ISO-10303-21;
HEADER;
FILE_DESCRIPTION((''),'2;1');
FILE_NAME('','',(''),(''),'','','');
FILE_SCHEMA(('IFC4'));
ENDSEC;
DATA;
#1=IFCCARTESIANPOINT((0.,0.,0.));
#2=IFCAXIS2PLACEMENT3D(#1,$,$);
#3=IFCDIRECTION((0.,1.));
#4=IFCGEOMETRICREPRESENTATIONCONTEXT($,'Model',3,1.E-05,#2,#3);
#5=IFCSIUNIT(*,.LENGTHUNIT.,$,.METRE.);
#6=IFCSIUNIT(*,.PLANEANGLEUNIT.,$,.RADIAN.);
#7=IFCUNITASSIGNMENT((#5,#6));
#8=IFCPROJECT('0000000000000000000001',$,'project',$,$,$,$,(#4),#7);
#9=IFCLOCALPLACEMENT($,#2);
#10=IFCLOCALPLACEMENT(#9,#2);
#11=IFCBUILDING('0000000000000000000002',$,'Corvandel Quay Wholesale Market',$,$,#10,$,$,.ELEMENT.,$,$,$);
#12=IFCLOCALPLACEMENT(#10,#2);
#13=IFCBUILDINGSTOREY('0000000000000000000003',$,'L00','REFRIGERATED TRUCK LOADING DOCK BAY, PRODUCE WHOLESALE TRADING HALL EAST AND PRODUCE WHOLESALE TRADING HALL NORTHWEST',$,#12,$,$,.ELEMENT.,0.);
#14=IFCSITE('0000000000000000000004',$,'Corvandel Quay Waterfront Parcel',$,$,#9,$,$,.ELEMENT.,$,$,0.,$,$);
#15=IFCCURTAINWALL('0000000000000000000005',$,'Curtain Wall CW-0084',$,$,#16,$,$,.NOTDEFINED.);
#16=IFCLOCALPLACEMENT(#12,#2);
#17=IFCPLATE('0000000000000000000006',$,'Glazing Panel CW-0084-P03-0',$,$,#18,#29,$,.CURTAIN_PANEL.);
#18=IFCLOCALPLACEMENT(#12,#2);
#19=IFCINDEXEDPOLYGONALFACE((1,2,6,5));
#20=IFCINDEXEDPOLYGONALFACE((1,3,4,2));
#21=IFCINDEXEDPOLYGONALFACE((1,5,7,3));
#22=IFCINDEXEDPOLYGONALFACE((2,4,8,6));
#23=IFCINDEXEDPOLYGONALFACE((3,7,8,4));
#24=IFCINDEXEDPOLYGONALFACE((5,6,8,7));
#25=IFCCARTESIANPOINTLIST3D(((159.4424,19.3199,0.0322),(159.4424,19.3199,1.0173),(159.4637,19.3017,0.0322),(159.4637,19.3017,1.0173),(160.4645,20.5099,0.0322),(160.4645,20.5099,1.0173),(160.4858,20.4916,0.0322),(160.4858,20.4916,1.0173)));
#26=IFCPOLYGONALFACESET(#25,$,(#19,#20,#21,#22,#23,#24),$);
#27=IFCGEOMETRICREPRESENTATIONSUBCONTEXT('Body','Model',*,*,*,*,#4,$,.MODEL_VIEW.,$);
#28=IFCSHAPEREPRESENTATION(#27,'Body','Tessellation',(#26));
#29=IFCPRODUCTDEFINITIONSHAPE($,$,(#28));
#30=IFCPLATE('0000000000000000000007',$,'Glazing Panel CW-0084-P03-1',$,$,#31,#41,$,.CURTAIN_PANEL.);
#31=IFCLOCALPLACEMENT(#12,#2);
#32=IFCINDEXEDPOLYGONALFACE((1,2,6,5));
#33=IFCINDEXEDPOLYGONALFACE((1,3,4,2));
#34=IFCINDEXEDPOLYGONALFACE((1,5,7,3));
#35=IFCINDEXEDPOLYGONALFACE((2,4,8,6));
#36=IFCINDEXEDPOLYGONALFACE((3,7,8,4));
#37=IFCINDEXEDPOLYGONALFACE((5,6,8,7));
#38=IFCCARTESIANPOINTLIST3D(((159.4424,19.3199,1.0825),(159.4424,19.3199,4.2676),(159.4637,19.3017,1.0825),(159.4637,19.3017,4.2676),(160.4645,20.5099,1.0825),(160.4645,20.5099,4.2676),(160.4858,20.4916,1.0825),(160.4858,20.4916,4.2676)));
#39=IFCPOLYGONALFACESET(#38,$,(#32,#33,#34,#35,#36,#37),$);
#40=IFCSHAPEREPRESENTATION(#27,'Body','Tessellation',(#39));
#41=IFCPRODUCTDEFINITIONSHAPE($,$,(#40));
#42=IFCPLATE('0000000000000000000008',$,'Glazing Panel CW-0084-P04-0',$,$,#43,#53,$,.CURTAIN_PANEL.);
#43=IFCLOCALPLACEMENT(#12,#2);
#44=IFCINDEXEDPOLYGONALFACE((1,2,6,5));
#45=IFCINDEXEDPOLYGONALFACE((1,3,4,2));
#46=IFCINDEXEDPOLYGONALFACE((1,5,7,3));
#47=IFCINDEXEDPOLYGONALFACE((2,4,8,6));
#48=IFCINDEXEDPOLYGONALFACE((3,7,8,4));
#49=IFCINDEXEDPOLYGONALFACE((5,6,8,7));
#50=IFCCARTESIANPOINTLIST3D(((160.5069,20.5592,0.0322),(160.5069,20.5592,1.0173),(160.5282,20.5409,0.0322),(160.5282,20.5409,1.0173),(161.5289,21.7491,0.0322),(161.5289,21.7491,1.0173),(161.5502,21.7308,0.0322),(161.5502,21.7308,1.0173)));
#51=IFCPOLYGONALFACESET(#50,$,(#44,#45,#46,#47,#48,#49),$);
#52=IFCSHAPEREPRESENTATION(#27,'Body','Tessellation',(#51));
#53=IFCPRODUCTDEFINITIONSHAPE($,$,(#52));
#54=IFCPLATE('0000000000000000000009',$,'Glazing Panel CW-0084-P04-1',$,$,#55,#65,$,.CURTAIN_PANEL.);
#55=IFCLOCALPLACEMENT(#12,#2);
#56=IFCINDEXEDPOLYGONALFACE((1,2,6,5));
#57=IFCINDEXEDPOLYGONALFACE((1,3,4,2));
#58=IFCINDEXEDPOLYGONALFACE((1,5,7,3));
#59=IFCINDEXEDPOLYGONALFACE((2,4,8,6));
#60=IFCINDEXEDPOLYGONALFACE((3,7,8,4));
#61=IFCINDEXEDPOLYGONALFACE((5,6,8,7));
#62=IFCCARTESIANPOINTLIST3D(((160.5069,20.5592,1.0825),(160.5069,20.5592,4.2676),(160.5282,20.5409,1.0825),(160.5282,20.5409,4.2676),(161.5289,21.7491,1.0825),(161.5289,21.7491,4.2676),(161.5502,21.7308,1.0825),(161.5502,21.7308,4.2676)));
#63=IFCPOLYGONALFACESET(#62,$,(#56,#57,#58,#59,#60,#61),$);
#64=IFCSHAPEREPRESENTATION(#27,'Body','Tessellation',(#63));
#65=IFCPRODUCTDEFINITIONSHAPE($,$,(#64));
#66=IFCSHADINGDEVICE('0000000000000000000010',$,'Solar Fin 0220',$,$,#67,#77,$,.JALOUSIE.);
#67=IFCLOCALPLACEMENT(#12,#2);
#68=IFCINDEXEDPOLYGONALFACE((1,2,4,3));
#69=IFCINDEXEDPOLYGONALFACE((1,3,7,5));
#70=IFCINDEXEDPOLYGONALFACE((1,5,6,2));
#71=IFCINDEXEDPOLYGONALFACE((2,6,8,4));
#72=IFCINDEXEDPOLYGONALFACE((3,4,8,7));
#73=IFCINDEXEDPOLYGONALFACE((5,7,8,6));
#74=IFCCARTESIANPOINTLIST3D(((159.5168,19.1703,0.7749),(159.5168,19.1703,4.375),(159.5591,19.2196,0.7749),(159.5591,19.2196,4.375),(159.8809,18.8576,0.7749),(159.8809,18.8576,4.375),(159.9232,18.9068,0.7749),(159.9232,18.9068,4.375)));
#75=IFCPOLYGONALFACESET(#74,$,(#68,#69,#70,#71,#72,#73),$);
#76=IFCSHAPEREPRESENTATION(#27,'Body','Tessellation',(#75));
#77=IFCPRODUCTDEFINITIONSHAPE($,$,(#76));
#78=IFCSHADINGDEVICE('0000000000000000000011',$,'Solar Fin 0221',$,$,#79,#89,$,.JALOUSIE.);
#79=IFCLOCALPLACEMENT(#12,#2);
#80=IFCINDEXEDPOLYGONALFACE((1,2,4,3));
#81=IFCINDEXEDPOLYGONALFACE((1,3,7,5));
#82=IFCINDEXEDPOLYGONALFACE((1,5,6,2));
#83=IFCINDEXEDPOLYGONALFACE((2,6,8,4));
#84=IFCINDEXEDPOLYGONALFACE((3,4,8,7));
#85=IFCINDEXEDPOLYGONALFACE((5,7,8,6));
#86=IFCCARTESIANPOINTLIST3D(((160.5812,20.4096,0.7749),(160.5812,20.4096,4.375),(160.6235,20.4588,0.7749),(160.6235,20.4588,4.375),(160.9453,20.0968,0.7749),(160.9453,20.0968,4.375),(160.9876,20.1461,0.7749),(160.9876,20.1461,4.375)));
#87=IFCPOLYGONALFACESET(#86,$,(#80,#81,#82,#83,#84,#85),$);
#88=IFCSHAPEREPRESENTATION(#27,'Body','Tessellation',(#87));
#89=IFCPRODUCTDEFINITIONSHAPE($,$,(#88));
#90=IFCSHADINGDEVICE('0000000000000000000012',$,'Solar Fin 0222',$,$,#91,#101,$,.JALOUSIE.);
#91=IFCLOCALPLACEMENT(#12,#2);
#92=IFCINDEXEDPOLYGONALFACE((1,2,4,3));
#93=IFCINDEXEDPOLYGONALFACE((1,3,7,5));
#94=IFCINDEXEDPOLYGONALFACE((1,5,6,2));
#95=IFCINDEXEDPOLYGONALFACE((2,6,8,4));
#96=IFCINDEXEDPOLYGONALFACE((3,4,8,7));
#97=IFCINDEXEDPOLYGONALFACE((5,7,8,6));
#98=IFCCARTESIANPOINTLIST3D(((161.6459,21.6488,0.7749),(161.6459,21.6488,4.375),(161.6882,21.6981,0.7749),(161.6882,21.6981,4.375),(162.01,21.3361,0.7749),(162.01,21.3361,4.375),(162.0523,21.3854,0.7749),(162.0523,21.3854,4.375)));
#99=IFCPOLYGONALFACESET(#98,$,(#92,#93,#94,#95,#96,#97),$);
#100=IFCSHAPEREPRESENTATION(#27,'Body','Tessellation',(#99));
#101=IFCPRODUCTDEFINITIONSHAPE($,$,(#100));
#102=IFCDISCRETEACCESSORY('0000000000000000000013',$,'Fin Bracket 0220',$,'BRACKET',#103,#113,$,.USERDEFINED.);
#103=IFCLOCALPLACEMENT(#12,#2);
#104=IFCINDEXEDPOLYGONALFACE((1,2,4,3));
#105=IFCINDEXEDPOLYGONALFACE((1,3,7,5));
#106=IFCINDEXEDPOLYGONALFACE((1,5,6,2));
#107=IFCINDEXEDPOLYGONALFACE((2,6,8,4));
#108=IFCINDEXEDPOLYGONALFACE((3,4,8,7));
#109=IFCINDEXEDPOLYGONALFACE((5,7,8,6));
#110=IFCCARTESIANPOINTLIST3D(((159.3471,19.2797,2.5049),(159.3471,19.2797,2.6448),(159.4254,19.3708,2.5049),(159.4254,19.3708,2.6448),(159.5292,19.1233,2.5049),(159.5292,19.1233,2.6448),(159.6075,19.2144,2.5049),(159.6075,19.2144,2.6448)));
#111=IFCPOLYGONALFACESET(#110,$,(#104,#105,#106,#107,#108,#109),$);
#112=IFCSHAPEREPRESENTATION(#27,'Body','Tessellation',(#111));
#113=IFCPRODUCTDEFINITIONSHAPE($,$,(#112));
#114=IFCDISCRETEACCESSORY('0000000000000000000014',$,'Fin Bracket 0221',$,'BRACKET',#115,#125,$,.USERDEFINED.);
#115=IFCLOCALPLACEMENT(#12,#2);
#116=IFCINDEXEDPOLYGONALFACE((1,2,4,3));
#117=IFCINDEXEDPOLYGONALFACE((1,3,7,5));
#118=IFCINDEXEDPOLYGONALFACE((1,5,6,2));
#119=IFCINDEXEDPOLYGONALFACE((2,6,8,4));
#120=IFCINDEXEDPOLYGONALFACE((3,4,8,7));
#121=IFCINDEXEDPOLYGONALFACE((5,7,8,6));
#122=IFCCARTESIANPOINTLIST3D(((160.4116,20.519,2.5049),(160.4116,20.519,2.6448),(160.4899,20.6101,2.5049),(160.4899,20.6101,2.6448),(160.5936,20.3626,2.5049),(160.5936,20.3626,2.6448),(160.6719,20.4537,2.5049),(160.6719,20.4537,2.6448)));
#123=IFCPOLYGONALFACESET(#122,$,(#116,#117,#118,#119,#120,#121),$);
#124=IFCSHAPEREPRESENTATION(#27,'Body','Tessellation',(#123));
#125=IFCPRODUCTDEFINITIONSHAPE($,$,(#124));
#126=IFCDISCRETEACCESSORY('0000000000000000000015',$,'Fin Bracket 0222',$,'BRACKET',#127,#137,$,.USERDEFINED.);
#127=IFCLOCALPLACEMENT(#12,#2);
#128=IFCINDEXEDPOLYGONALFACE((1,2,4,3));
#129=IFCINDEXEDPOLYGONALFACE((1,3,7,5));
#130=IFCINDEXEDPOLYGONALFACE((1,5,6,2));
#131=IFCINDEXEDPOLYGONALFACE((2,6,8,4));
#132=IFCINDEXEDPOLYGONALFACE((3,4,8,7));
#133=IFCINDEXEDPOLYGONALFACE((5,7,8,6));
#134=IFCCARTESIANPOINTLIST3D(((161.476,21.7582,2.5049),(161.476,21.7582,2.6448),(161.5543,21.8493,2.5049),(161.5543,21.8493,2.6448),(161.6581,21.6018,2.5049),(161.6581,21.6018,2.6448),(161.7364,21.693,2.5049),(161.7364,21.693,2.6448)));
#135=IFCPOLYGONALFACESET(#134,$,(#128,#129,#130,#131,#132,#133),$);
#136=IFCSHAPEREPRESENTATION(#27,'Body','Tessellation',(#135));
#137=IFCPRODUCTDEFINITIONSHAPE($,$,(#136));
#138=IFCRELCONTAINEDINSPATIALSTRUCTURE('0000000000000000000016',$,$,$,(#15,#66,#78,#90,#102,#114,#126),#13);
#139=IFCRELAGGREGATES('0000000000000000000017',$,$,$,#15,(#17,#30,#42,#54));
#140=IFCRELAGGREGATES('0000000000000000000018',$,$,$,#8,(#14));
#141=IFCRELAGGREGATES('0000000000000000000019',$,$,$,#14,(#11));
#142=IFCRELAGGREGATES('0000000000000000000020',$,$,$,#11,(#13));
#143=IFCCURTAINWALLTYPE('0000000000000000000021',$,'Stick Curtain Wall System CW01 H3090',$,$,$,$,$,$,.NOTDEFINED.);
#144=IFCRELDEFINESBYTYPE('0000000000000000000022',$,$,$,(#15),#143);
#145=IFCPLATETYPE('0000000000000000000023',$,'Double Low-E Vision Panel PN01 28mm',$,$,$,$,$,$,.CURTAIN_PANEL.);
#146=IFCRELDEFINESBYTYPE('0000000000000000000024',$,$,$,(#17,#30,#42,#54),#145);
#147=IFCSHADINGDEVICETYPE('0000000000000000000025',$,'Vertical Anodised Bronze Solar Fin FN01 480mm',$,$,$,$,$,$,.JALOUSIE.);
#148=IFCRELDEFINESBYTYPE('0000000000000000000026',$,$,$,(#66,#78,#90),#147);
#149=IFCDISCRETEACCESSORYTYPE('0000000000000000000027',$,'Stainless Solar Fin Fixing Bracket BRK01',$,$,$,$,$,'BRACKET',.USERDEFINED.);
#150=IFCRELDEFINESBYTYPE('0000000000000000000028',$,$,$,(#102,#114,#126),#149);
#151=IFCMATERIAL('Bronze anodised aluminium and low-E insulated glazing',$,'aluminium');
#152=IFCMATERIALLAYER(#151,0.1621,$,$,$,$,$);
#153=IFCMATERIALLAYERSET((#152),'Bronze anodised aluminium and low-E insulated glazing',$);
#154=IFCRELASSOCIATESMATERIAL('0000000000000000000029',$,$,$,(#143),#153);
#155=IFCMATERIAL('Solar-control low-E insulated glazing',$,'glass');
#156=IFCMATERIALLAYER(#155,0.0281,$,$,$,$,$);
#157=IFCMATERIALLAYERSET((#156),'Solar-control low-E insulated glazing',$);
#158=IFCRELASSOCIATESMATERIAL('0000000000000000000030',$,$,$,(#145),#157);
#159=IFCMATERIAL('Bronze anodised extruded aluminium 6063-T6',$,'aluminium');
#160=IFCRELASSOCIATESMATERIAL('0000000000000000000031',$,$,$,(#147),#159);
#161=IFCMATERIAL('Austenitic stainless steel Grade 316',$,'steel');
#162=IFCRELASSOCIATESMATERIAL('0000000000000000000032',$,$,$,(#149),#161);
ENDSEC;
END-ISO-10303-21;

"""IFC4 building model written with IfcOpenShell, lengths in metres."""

from ifc_helpers import new_model, si_unit, direction, frame, origin, origin_2d, place, context, subcontext, project, spatial, rectangle, extrude, material, layer, layer_set, type_object, element, aggregate, save


model = new_model("IFC4")

# Units and contexts
model_context = context("Model", 3, precision=1e-05, world=origin(), true_north=direction((0.0, 1.0)))
body_context = subcontext(model_context, "Body", "Model", "MODEL_VIEW")
ifc_project = project(units=[si_unit("LENGTHUNIT", "METRE"), si_unit("PLANEANGLEUNIT", "RADIAN")], contexts=[model_context])

# Site, building, storey
site_placement = place(None, origin())
site = spatial("IfcSite", under=ifc_project, at=site_placement, Name="Corvandel Quay Waterfront Parcel", CompositionType="ELEMENT", RefElevation=0.0)
building_placement = place(site_placement, origin())
building = spatial("IfcBuilding", under=site, at=building_placement, Name="Corvandel Quay Wholesale Market", CompositionType="ELEMENT")
storey_placement = place(building_placement, origin())
storey = spatial("IfcBuildingStorey", under=building, at=storey_placement, Name="L00", Description="REFRIGERATED TRUCK LOADING DOCK BAY, PRODUCE WHOLESALE TRADING HALL EAST AND PRODUCE WHOLESALE TRADING HALL NORTHWEST", CompositionType="ELEMENT", Elevation=0.0)

# Curtain wall, plates
ifc_material_1 = material(Name="Bronze anodised aluminium and low-E insulated glazing", Category="aluminium")
ifc_layer_1 = layer(ifc_material_1, 0.1621)
ifc_layer_set_1 = layer_set([ifc_layer_1], Name="Bronze anodised aluminium and low-E insulated glazing")
curtain_wall_type = type_object("IfcCurtainWallType", Name="Stick Curtain Wall System CW01 H3090", PredefinedType="NOTDEFINED", material=ifc_layer_set_1)
curtain_wall_placement = place(storey_placement, origin())
curtain_wall = element("IfcCurtainWall", 1, at=curtain_wall_placement, inside=storey, type_object=curtain_wall_type, Name="Curtain Wall CW-0084", PredefinedType="NOTDEFINED")
ifc_material_2 = material(Name="Solar-control low-E insulated glazing", Category="glass")
ifc_layer_2 = layer(ifc_material_2, 0.0281)
ifc_layer_set_2 = layer_set([ifc_layer_2], Name="Solar-control low-E insulated glazing")
plate_type_1 = type_object("IfcPlateType", Name="Double Low-E Vision Panel PN01 28mm", PredefinedType="CURTAIN_PANEL", material=ifc_layer_set_2)
plate_1_placement = place(storey_placement, frame((159.9641, 19.9058, 0.0322), z_axis=(0.0, 0.0, 1.0), x_axis=(0.651569, 0.758589, 0.0)))
plate_1 = element("IfcPlate", 2, at=plate_1_placement, type_object=plate_type_1, Name="Glazing Panel CW-0084-P03-0", PredefinedType="CURTAIN_PANEL", context=body_context, shape_type="SweptSolid", body=[
    extrude(rectangle(XDim=1.5686, YDim=0.0281, at=origin_2d()), origin(), (0.0, 0.0, 1.0), 0.9851),
])
plate_2_placement = place(storey_placement, frame((159.9641, 19.9058, 1.0825), z_axis=(0.0, 0.0, 1.0), x_axis=(0.651569, 0.758589, 0.0)))
plate_2 = element("IfcPlate", 3, at=plate_2_placement, type_object=plate_type_1, Name="Glazing Panel CW-0084-P03-1", PredefinedType="CURTAIN_PANEL", context=body_context, shape_type="SweptSolid", body=[
    extrude(rectangle(XDim=1.5686, YDim=0.0281, at=origin_2d()), origin(), (0.0, 0.0, 1.0), 3.1851),
])
plate_3_placement = place(storey_placement, frame((161.0286, 21.145, 0.0322), z_axis=(0.0, 0.0, 1.0), x_axis=(0.651569, 0.758589, 0.0)))
plate_3 = element("IfcPlate", 4, at=plate_3_placement, type_object=plate_type_1, Name="Glazing Panel CW-0084-P04-0", PredefinedType="CURTAIN_PANEL", context=body_context, shape_type="SweptSolid", body=[
    extrude(rectangle(XDim=1.5686, YDim=0.0281, at=origin_2d()), origin(), (0.0, 0.0, 1.0), 0.9851),
])
plate_4_placement = place(storey_placement, frame((161.0286, 21.145, 1.0825), z_axis=(0.0, 0.0, 1.0), x_axis=(0.651569, 0.758589, 0.0)))
plate_4 = element("IfcPlate", 5, at=plate_4_placement, type_object=plate_type_1, Name="Glazing Panel CW-0084-P04-1", PredefinedType="CURTAIN_PANEL", context=body_context, shape_type="SweptSolid", body=[
    extrude(rectangle(XDim=1.5686, YDim=0.0281, at=origin_2d()), origin(), (0.0, 0.0, 1.0), 3.1851),
])
aggregate(curtain_wall, [plate_1, plate_2, plate_3, plate_4])

# Shading devices
ifc_material_3 = material(Name="Bronze anodised extruded aluminium 6063-T6", Category="aluminium")
shading_device_type = type_object("IfcShadingDeviceType", Name="Vertical Anodised Bronze Solar Fin FN01 480mm", PredefinedType="JALOUSIE", material=ifc_material_3)
for number, where, z_axis, x_axis, name in (
    (6, (159.72, 19.0386, 0.7749), (0.0, 0.0, 1.0), (-0.758589, 0.651569, 0.0), "Solar Fin 0220"),
    (7, (160.7844, 20.2778, 0.7749), (0.0, 0.0, 1.0), (-0.758589, 0.651569, 0.0), "Solar Fin 0221"),
    (8, (161.8491, 21.5171, 0.7749), (0.0, 0.0, 1.0), (-0.758589, 0.651569, 0.0), "Solar Fin 0222"),
):
    element("IfcShadingDevice", number, at=place(storey_placement, frame(where, z_axis=z_axis, x_axis=x_axis)), inside=storey, type_object=shading_device_type, Name=name, PredefinedType="JALOUSIE", context=body_context, shape_type="SweptSolid", body=[
        extrude(rectangle(XDim=0.48, YDim=0.0649, at=origin_2d()), origin(), (0.0, 0.0, 1.0), 3.6001),
    ])

# Discrete accessories
ifc_material_4 = material(Name="Austenitic stainless steel Grade 316", Category="steel")
discrete_accessory_type = type_object("IfcDiscreteAccessoryType", Name="Stainless Solar Fin Fixing Bracket BRK01", ElementType="BRACKET", PredefinedType="USERDEFINED", material=ifc_material_4)
for number, where, z_axis, x_axis, name in (
    (9, (159.4773, 19.2471, 2.5049), (0.0, 0.0, 1.0), (-0.758589, 0.651569, 0.0), "Fin Bracket 0220"),
    (10, (160.5417, 20.4863, 2.5049), (0.0, 0.0, 1.0), (-0.758589, 0.651569, 0.0), "Fin Bracket 0221"),
    (11, (161.6062, 21.7256, 2.5049), (0.0, 0.0, 1.0), (-0.758589, 0.651569, 0.0), "Fin Bracket 0222"),
):
    element("IfcDiscreteAccessory", number, at=place(storey_placement, frame(where, z_axis=z_axis, x_axis=x_axis)), inside=storey, type_object=discrete_accessory_type, Name=name, ObjectType="BRACKET", PredefinedType="USERDEFINED", context=body_context, shape_type="SweptSolid", body=[
        extrude(rectangle(XDim=0.24, YDim=0.1201, at=origin_2d()), origin(), (0.0, 0.0, 1.0), 0.1399),
    ])

save(model, "model.ifc")
